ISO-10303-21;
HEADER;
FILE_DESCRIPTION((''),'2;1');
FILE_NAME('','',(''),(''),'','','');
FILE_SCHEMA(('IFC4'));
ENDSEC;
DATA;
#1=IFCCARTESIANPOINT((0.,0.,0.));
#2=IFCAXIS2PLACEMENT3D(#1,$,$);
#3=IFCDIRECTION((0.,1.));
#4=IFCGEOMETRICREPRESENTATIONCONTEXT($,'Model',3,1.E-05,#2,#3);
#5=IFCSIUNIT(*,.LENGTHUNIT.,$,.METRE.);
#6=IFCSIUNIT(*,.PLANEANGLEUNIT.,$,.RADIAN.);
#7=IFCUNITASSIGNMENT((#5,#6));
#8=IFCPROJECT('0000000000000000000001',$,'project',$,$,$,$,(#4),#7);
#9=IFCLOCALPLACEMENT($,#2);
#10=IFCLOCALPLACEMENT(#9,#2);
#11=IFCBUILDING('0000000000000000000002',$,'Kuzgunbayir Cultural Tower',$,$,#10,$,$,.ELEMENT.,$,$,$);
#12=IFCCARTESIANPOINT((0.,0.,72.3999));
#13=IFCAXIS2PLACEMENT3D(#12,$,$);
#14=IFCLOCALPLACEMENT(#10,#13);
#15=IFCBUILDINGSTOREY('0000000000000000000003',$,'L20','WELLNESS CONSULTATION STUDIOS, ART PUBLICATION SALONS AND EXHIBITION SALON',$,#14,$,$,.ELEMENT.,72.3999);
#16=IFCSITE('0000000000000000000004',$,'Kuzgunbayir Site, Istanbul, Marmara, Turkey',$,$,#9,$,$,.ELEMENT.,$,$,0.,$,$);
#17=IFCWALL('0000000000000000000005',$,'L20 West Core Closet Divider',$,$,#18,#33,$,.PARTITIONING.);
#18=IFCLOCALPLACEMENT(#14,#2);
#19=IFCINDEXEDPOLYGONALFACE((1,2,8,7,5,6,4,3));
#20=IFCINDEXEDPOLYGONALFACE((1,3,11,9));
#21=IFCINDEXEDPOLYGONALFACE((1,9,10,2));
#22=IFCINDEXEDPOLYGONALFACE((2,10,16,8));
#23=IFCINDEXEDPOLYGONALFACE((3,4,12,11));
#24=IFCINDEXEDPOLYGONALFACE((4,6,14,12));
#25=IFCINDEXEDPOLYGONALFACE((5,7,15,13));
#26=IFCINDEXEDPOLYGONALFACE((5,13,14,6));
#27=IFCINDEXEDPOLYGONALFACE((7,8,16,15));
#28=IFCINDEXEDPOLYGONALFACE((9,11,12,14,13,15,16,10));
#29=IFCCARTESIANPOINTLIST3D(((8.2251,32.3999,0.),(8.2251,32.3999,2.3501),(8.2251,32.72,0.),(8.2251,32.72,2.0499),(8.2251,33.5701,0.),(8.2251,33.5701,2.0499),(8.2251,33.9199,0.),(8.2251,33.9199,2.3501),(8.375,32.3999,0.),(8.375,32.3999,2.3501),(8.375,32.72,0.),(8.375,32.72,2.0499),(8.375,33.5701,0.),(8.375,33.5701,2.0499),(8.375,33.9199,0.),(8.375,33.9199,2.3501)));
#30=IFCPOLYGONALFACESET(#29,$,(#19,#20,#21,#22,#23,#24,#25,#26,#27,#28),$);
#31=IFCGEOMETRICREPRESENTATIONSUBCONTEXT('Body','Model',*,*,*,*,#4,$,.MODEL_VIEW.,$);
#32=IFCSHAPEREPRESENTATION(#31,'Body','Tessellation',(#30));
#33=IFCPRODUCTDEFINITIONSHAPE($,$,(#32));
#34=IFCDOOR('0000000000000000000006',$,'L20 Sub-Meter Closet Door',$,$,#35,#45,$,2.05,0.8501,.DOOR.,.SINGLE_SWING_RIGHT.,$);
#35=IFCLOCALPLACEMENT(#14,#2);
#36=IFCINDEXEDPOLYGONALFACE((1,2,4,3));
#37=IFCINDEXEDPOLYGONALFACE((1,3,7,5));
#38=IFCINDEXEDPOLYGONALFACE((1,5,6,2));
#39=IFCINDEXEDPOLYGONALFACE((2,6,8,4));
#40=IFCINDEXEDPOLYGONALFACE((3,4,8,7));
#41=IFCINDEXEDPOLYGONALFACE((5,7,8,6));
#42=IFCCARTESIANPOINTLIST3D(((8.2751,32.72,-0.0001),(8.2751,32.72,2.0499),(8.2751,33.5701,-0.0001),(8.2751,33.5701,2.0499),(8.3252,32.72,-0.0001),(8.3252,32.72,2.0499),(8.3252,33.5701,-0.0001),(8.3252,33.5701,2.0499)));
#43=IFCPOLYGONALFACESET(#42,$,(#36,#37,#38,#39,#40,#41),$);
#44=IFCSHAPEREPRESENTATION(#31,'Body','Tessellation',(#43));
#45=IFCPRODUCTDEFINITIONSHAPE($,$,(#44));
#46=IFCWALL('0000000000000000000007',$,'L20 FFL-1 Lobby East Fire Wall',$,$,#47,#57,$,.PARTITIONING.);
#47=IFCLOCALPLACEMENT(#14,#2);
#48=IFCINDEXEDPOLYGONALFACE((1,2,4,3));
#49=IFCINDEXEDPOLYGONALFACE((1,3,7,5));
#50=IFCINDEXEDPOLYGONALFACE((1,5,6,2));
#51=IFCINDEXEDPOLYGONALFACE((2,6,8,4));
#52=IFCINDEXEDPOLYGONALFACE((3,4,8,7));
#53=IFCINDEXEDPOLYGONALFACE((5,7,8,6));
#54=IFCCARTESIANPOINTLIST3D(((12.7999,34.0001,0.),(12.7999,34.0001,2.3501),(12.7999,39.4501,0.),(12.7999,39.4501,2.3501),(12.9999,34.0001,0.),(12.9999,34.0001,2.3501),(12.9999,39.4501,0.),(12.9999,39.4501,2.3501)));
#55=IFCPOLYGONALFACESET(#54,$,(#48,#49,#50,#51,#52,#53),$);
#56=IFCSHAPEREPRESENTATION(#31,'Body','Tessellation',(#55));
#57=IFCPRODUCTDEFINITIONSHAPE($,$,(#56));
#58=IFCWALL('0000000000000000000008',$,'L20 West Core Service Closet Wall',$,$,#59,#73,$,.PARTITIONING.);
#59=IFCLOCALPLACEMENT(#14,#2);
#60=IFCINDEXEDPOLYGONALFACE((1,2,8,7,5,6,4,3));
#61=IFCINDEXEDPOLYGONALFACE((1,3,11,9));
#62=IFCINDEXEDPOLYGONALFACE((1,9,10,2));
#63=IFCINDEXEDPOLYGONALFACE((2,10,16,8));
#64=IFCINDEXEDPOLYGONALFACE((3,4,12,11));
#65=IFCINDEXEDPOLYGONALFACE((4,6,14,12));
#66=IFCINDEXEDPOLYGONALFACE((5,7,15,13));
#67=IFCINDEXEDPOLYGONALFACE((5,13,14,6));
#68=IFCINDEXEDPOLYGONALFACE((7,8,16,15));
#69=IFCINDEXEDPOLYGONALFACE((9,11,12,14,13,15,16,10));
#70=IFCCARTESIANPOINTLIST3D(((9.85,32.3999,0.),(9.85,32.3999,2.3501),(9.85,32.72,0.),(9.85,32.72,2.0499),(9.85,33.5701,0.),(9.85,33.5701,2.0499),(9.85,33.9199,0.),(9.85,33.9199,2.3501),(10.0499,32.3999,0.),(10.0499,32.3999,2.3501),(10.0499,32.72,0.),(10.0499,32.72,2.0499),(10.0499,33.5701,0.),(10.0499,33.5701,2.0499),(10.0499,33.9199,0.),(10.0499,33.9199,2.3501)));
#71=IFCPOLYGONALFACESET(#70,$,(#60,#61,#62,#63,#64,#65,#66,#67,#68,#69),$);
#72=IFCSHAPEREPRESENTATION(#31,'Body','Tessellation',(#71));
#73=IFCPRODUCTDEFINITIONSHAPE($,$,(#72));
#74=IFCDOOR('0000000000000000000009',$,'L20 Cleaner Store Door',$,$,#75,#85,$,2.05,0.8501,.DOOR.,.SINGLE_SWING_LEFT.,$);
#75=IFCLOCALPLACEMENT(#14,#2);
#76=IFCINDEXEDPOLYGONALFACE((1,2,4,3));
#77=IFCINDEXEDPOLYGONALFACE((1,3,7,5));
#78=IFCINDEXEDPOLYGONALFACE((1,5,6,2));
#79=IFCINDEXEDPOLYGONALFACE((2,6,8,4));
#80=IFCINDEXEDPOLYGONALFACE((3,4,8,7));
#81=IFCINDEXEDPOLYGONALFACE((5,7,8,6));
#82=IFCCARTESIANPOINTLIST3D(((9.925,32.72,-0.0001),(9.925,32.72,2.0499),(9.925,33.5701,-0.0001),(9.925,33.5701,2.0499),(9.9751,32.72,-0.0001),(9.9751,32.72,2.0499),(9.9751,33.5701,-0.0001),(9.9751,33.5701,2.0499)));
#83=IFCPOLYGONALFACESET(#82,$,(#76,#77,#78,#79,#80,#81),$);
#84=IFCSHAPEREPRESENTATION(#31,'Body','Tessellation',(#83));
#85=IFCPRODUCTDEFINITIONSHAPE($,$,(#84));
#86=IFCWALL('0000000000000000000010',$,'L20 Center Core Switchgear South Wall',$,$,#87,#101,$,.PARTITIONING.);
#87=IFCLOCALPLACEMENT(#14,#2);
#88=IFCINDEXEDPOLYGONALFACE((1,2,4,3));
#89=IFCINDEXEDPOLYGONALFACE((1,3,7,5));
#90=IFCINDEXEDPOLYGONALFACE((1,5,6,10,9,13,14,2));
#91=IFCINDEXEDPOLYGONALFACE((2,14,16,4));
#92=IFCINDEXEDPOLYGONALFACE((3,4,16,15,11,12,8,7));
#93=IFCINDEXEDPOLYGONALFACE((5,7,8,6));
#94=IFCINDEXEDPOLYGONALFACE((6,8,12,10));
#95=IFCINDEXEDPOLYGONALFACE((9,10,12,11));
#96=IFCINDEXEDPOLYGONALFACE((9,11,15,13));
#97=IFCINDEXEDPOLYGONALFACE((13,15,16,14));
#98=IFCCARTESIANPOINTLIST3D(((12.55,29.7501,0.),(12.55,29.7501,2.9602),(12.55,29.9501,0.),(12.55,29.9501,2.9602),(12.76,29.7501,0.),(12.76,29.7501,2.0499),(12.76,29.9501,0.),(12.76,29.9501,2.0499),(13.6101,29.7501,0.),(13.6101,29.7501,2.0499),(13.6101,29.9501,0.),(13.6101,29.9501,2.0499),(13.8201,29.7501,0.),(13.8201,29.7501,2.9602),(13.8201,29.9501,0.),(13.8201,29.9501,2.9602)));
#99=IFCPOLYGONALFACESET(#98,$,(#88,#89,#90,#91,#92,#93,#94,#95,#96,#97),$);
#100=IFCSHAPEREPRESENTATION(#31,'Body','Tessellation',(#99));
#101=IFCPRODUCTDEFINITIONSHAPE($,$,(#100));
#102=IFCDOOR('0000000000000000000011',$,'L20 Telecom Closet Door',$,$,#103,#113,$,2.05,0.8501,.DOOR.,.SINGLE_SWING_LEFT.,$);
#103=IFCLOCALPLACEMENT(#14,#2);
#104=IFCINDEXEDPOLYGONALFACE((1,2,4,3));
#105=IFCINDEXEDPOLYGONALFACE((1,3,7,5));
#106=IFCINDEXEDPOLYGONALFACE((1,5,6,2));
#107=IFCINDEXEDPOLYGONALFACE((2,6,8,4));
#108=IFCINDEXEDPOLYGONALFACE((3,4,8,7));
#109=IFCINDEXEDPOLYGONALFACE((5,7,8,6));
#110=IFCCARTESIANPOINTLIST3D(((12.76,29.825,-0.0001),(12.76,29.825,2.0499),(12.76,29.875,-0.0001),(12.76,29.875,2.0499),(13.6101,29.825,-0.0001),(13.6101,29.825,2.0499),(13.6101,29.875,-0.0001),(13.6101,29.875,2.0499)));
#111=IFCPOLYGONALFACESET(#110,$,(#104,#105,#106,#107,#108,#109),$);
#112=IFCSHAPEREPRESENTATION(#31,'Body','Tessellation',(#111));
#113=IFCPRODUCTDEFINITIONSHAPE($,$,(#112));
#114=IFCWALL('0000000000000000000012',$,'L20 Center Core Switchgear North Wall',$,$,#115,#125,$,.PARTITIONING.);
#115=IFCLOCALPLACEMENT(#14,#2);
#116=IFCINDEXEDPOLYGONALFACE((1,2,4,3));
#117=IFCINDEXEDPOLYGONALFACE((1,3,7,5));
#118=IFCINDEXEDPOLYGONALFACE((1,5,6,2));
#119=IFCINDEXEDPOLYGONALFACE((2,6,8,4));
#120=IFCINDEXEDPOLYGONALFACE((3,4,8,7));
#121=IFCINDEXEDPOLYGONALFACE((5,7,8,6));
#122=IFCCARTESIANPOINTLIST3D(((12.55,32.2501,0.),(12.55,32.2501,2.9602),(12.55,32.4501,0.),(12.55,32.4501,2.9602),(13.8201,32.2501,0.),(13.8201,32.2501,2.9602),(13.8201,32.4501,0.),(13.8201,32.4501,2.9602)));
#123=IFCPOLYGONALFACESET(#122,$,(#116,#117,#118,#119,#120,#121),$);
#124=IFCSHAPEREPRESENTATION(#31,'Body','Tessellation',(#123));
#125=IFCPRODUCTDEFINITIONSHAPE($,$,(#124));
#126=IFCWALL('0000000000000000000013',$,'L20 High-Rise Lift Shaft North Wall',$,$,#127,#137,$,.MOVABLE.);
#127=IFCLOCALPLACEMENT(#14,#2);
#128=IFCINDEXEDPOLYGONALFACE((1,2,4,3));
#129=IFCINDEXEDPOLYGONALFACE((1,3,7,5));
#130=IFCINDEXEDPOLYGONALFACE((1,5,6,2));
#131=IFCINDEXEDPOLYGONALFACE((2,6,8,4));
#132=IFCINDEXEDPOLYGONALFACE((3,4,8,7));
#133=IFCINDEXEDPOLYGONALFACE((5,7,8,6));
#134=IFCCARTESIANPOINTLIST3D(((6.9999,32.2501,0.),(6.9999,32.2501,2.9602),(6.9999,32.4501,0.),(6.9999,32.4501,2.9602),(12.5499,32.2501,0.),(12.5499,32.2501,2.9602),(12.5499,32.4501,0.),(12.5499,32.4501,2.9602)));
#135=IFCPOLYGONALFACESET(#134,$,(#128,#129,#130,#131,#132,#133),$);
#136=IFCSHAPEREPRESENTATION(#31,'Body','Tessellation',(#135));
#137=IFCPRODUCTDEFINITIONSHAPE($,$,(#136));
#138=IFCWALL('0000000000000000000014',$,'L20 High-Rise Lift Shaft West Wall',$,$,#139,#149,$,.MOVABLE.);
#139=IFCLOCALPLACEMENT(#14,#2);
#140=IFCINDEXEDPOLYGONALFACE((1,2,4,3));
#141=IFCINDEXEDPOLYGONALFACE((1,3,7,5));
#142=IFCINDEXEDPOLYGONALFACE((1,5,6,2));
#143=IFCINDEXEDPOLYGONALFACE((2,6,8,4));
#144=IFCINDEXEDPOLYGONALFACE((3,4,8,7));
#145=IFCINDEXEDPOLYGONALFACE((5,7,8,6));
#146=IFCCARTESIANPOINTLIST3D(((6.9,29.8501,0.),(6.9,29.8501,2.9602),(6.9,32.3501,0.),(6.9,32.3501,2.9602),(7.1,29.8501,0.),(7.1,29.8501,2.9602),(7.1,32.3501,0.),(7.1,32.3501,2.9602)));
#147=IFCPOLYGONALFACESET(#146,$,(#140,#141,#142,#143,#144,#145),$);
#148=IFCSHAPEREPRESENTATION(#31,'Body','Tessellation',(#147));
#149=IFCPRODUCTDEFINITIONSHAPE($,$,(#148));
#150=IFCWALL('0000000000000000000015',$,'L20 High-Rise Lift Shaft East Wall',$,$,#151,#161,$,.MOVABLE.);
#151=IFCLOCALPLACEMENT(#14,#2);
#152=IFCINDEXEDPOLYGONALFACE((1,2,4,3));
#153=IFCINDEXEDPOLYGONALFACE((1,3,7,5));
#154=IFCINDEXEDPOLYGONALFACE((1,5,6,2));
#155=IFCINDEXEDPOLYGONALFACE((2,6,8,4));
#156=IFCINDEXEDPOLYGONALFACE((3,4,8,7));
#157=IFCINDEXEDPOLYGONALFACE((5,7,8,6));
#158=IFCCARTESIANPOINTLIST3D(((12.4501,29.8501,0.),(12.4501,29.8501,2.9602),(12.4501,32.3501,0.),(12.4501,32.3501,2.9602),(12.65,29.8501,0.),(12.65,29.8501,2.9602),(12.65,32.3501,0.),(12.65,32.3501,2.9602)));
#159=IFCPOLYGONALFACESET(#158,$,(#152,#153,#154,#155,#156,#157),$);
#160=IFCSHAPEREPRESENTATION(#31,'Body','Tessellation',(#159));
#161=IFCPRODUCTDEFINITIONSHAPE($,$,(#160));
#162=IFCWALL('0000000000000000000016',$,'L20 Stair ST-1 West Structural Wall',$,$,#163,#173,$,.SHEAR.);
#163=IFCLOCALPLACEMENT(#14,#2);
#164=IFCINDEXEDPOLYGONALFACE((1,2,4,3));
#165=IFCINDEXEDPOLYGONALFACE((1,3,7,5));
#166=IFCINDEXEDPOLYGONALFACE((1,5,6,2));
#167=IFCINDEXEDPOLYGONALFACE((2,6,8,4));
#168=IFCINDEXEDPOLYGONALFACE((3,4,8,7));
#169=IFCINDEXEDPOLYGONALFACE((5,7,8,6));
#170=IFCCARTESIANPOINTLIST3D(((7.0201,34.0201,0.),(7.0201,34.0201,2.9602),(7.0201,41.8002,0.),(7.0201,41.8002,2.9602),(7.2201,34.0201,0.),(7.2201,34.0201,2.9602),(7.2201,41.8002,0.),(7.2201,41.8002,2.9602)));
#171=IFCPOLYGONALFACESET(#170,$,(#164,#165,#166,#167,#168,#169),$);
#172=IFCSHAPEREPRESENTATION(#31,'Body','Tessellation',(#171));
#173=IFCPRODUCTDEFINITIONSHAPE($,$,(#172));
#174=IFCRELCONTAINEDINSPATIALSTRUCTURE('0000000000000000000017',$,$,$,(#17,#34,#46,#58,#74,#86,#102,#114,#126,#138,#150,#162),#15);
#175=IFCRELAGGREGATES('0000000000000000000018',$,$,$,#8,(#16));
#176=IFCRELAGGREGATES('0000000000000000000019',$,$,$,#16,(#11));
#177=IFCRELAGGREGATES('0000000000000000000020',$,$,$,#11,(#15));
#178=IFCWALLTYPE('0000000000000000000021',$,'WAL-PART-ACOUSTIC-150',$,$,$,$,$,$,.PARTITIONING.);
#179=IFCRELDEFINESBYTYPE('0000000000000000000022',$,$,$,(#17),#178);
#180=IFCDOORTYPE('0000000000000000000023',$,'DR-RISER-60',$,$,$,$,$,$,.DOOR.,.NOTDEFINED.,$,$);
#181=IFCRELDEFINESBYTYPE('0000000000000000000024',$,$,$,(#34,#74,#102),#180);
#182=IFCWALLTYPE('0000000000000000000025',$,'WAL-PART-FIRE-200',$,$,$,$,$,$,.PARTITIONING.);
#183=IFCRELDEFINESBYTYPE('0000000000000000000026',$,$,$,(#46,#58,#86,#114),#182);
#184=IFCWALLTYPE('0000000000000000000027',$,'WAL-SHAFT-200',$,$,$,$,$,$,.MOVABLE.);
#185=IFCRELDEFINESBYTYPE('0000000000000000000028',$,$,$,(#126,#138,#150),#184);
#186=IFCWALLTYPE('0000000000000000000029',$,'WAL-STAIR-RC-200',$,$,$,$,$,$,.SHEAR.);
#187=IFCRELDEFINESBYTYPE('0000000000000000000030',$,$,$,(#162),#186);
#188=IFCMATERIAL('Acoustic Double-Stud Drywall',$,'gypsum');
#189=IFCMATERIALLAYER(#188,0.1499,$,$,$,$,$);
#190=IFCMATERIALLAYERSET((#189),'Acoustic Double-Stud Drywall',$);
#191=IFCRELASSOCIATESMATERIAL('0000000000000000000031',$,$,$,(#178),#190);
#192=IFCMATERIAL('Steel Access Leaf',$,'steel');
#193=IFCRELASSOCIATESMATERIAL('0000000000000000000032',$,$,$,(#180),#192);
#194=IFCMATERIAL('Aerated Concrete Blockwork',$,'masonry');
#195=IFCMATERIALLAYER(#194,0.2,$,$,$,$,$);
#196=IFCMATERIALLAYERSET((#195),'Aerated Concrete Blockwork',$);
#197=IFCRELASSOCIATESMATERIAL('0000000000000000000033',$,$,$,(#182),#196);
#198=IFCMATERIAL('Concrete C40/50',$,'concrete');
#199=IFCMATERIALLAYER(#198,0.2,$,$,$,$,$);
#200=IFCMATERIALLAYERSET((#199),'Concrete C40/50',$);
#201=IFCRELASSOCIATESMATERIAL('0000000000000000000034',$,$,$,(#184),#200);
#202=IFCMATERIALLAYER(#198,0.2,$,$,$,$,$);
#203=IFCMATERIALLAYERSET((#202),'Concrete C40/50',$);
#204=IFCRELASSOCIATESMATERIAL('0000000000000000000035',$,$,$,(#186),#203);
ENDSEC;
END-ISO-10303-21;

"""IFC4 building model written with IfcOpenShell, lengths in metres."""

from ifc_helpers import new_model, si_unit, direction, frame, frame_2d, origin, place, context, subcontext, project, spatial, rectangle, extrude, material, layer, layer_set, type_object, element, fill, save


model = new_model("IFC4")

# Units and contexts
model_context = context("Model", 3, precision=1e-05, world=origin(), true_north=direction((0.0, 1.0)))
body_context = subcontext(model_context, "Body", "Model", "MODEL_VIEW")
ifc_project = project(units=[si_unit("LENGTHUNIT", "METRE"), si_unit("PLANEANGLEUNIT", "RADIAN")], contexts=[model_context])

# Site, building, storey
site_placement = place(None, origin())
site = spatial("IfcSite", under=ifc_project, at=site_placement, Name="Kuzgunbayir Site, Istanbul, Marmara, Turkey", CompositionType="ELEMENT", RefElevation=0.0)
building_placement = place(site_placement, origin())
building = spatial("IfcBuilding", under=site, at=building_placement, Name="Kuzgunbayir Cultural Tower", CompositionType="ELEMENT")
storey_placement = place(building_placement, frame((0.0, 0.0, 72.3999)))
storey = spatial("IfcBuildingStorey", under=building, at=storey_placement, Name="L20", Description="WELLNESS CONSULTATION STUDIOS, ART PUBLICATION SALONS AND EXHIBITION SALON", CompositionType="ELEMENT", Elevation=72.3999)

# Wall, opening, door
ifc_material_1 = material(Name="Acoustic Double-Stud Drywall", Category="gypsum")
ifc_layer_1 = layer(ifc_material_1, 0.1499)
ifc_layer_set_1 = layer_set([ifc_layer_1], Name="Acoustic Double-Stud Drywall")
wall_type_1 = type_object("IfcWallType", Name="WAL-PART-ACOUSTIC-150", PredefinedType="PARTITIONING", material=ifc_layer_set_1)
wall_1_placement = place(storey_placement, frame((8.3, 32.3999, 0.0), z_axis=(0.0, 0.0, 1.0), x_axis=(0.0, 1.0, 0.0)))
wall_1 = element("IfcWall", 1, at=wall_1_placement, inside=storey, type_object=wall_type_1, Name="L20 West Core Closet Divider", PredefinedType="PARTITIONING", context=body_context, shape_type="SweptSolid", body=[
    extrude(rectangle(XDim=1.52, YDim=0.1499, at=frame_2d((0.76, 0.0))), origin(), (0.0, 0.0, 1.0), 2.3501),
])
opening_1_placement = place(wall_1_placement, frame((0.3201, 0.0, 0.0)))
opening_1 = element("IfcOpeningElement", 2, at=opening_1_placement, cuts=wall_1, PredefinedType="OPENING", context=body_context, shape_type="SweptSolid", body=[
    extrude(rectangle(XDim=0.8501, YDim=2.05, at=frame_2d((0.425, 1.0249))), frame((0.0, 0.085, 0.0), z_axis=(0.0, -1.0, 0.0), x_axis=(1.0, 0.0, 0.0)), (0.0, 0.0, 1.0), 0.1699),
])
ifc_material_2 = material(Name="Steel Access Leaf", Category="steel")
door_type_1 = type_object("IfcDoorType", Name="DR-RISER-60", OperationType="NOTDEFINED", PredefinedType="DOOR", material=ifc_material_2)
door_1_placement = place(opening_1_placement, origin())
door_1 = element("IfcDoor", 3, at=door_1_placement, inside=storey, type_object=door_type_1, Name="L20 Sub-Meter Closet Door", OperationType="SINGLE_SWING_RIGHT", OverallHeight=2.05, OverallWidth=0.8501, PredefinedType="DOOR", context=body_context, shape_type="SweptSolid", body=[
    extrude(rectangle(XDim=0.8501, YDim=2.05, at=frame_2d((0.425, 1.0249))), frame((0.0, 0.0249, 0.0), z_axis=(0.0, -1.0, 0.0), x_axis=(1.0, 0.0, 0.0)), (0.0, 0.0, 1.0), 0.05),
])
fill(opening_1, door_1)

# Wall
ifc_material_3 = material(Name="Aerated Concrete Blockwork", Category="masonry")
ifc_layer_2 = layer(ifc_material_3, 0.2)
ifc_layer_set_2 = layer_set([ifc_layer_2], Name="Aerated Concrete Blockwork")
wall_type_2 = type_object("IfcWallType", Name="WAL-PART-FIRE-200", PredefinedType="PARTITIONING", material=ifc_layer_set_2)
wall_2_placement = place(storey_placement, frame((12.8999, 34.0, 0.0), z_axis=(0.0, 0.0, 1.0), x_axis=(0.0, 1.0, 0.0)))
element("IfcWall", 4, at=wall_2_placement, inside=storey, type_object=wall_type_2, Name="L20 FFL-1 Lobby East Fire Wall", PredefinedType="PARTITIONING", context=body_context, shape_type="SweptSolid", body=[
    extrude(rectangle(XDim=5.45, YDim=0.2, at=frame_2d((2.7251, 0.0))), origin(), (0.0, 0.0, 1.0), 2.3501),
])

# Walls, openings, doors
wall_3_placement = place(storey_placement, frame((9.95, 32.3999, 0.0), z_axis=(0.0, 0.0, 1.0), x_axis=(0.0, 1.0, 0.0)))
wall_3 = element("IfcWall", 5, at=wall_3_placement, inside=storey, type_object=wall_type_2, Name="L20 West Core Service Closet Wall", PredefinedType="PARTITIONING", context=body_context, shape_type="SweptSolid", body=[
    extrude(rectangle(XDim=1.52, YDim=0.2, at=frame_2d((0.76, 0.0))), origin(), (0.0, 0.0, 1.0), 2.3501),
])
opening_2_placement = place(wall_3_placement, frame((0.3201, 0.0, 0.0)))
opening_2 = element("IfcOpeningElement", 6, at=opening_2_placement, cuts=wall_3, PredefinedType="OPENING", context=body_context, shape_type="SweptSolid", body=[
    extrude(rectangle(XDim=0.8501, YDim=2.05, at=frame_2d((0.425, 1.0249))), frame((0.0, 0.1099, 0.0), z_axis=(0.0, -1.0, 0.0), x_axis=(1.0, 0.0, 0.0)), (0.0, 0.0, 1.0), 0.22),
])
door_2_placement = place(opening_2_placement, origin())
door_2 = element("IfcDoor", 7, at=door_2_placement, inside=storey, type_object=door_type_1, Name="L20 Cleaner Store Door", OperationType="SINGLE_SWING_LEFT", OverallHeight=2.05, OverallWidth=0.8501, PredefinedType="DOOR", context=body_context, shape_type="SweptSolid", body=[
    extrude(rectangle(XDim=0.8501, YDim=2.05, at=frame_2d((0.425, 1.0249))), frame((0.0, 0.0249, 0.0), z_axis=(0.0, -1.0, 0.0), x_axis=(1.0, 0.0, 0.0)), (0.0, 0.0, 1.0), 0.05),
])
fill(opening_2, door_2)
wall_4_placement = place(storey_placement, frame((12.55, 29.8501, 0.0), z_axis=(0.0, 0.0, 1.0), x_axis=(1.0, 0.0, 0.0)))
wall_4 = element("IfcWall", 8, at=wall_4_placement, inside=storey, type_object=wall_type_2, Name="L20 Center Core Switchgear South Wall", PredefinedType="PARTITIONING", context=body_context, shape_type="SweptSolid", body=[
    extrude(rectangle(XDim=1.27, YDim=0.2, at=frame_2d((0.635, 0.0))), origin(), (0.0, 0.0, 1.0), 2.9602),
])
opening_3_placement = place(wall_4_placement, frame((0.21, 0.0, 0.0)))
opening_3 = element("IfcOpeningElement", 9, at=opening_3_placement, cuts=wall_4, PredefinedType="OPENING", context=body_context, shape_type="SweptSolid", body=[
    extrude(rectangle(XDim=0.8501, YDim=2.05, at=frame_2d((0.425, 1.0249))), frame((0.0, 0.1099, 0.0), z_axis=(0.0, -1.0, 0.0), x_axis=(1.0, 0.0, 0.0)), (0.0, 0.0, 1.0), 0.22),
])
door_3_placement = place(opening_3_placement, origin())
door_3 = element("IfcDoor", 10, at=door_3_placement, inside=storey, type_object=door_type_1, Name="L20 Telecom Closet Door", OperationType="SINGLE_SWING_LEFT", OverallHeight=2.05, OverallWidth=0.8501, PredefinedType="DOOR", context=body_context, shape_type="SweptSolid", body=[
    extrude(rectangle(XDim=0.8501, YDim=2.05, at=frame_2d((0.425, 1.0249))), frame((0.0, 0.0249, 0.0), z_axis=(0.0, -1.0, 0.0), x_axis=(1.0, 0.0, 0.0)), (0.0, 0.0, 1.0), 0.05),
])
fill(opening_3, door_3)

# Walls
wall_5_placement = place(storey_placement, frame((12.55, 32.3501, 0.0), z_axis=(0.0, 0.0, 1.0), x_axis=(1.0, 0.0, 0.0)))
element("IfcWall", 11, at=wall_5_placement, inside=storey, type_object=wall_type_2, Name="L20 Center Core Switchgear North Wall", PredefinedType="PARTITIONING", context=body_context, shape_type="SweptSolid", body=[
    extrude(rectangle(XDim=1.27, YDim=0.2, at=frame_2d((0.635, 0.0))), origin(), (0.0, 0.0, 1.0), 2.9602),
])
ifc_material_4 = material(Name="Concrete C40/50", Category="concrete")
ifc_layer_3 = layer(ifc_material_4, 0.2)
ifc_layer_set_3 = layer_set([ifc_layer_3], Name="Concrete C40/50")
wall_type_3 = type_object("IfcWallType", Name="WAL-SHAFT-200", PredefinedType="MOVABLE", material=ifc_layer_set_3)
wall_6_placement = place(storey_placement, frame((7.0, 32.3501, 0.0), z_axis=(0.0, 0.0, 1.0), x_axis=(1.0, 0.0, 0.0)))
element("IfcWall", 12, at=wall_6_placement, inside=storey, type_object=wall_type_3, Name="L20 High-Rise Lift Shaft North Wall", PredefinedType="MOVABLE", context=body_context, shape_type="SweptSolid", body=[
    extrude(rectangle(XDim=5.55, YDim=0.2, at=frame_2d((2.7749, 0.0))), origin(), (0.0, 0.0, 1.0), 2.9602),
])
for number, where, z_axis, x_axis, name in (
    (13, (7.0, 29.8501, 0.0), (0.0, 0.0, 1.0), (0.0, 1.0, 0.0), "L20 High-Rise Lift Shaft West Wall"),
    (14, (12.55, 29.8501, 0.0), (0.0, 0.0, 1.0), (0.0, 1.0, 0.0), "L20 High-Rise Lift Shaft East Wall"),
):
    element("IfcWall", number, at=place(storey_placement, frame(where, z_axis=z_axis, x_axis=x_axis)), inside=storey, type_object=wall_type_3, Name=name, PredefinedType="MOVABLE", context=body_context, shape_type="SweptSolid", body=[
        extrude(rectangle(XDim=2.5, YDim=0.2, at=frame_2d((1.25, 0.0))), origin(), (0.0, 0.0, 1.0), 2.9602),
    ])
ifc_layer_4 = layer(ifc_material_4, 0.2)
ifc_layer_set_4 = layer_set([ifc_layer_4], Name="Concrete C40/50")
wall_type_4 = type_object("IfcWallType", Name="WAL-STAIR-RC-200", PredefinedType="SHEAR", material=ifc_layer_set_4)
wall_7_placement = place(storey_placement, frame((7.1201, 34.02, 0.0), z_axis=(0.0, 0.0, 1.0), x_axis=(0.0, 1.0, 0.0)))
element("IfcWall", 15, at=wall_7_placement, inside=storey, type_object=wall_type_4, Name="L20 Stair ST-1 West Structural Wall", PredefinedType="SHEAR", context=body_context, shape_type="SweptSolid", body=[
    extrude(rectangle(XDim=7.78, YDim=0.2, at=frame_2d((3.8901, 0.0))), origin(), (0.0, 0.0, 1.0), 2.9602),
])

save(model, "model.ifc")
